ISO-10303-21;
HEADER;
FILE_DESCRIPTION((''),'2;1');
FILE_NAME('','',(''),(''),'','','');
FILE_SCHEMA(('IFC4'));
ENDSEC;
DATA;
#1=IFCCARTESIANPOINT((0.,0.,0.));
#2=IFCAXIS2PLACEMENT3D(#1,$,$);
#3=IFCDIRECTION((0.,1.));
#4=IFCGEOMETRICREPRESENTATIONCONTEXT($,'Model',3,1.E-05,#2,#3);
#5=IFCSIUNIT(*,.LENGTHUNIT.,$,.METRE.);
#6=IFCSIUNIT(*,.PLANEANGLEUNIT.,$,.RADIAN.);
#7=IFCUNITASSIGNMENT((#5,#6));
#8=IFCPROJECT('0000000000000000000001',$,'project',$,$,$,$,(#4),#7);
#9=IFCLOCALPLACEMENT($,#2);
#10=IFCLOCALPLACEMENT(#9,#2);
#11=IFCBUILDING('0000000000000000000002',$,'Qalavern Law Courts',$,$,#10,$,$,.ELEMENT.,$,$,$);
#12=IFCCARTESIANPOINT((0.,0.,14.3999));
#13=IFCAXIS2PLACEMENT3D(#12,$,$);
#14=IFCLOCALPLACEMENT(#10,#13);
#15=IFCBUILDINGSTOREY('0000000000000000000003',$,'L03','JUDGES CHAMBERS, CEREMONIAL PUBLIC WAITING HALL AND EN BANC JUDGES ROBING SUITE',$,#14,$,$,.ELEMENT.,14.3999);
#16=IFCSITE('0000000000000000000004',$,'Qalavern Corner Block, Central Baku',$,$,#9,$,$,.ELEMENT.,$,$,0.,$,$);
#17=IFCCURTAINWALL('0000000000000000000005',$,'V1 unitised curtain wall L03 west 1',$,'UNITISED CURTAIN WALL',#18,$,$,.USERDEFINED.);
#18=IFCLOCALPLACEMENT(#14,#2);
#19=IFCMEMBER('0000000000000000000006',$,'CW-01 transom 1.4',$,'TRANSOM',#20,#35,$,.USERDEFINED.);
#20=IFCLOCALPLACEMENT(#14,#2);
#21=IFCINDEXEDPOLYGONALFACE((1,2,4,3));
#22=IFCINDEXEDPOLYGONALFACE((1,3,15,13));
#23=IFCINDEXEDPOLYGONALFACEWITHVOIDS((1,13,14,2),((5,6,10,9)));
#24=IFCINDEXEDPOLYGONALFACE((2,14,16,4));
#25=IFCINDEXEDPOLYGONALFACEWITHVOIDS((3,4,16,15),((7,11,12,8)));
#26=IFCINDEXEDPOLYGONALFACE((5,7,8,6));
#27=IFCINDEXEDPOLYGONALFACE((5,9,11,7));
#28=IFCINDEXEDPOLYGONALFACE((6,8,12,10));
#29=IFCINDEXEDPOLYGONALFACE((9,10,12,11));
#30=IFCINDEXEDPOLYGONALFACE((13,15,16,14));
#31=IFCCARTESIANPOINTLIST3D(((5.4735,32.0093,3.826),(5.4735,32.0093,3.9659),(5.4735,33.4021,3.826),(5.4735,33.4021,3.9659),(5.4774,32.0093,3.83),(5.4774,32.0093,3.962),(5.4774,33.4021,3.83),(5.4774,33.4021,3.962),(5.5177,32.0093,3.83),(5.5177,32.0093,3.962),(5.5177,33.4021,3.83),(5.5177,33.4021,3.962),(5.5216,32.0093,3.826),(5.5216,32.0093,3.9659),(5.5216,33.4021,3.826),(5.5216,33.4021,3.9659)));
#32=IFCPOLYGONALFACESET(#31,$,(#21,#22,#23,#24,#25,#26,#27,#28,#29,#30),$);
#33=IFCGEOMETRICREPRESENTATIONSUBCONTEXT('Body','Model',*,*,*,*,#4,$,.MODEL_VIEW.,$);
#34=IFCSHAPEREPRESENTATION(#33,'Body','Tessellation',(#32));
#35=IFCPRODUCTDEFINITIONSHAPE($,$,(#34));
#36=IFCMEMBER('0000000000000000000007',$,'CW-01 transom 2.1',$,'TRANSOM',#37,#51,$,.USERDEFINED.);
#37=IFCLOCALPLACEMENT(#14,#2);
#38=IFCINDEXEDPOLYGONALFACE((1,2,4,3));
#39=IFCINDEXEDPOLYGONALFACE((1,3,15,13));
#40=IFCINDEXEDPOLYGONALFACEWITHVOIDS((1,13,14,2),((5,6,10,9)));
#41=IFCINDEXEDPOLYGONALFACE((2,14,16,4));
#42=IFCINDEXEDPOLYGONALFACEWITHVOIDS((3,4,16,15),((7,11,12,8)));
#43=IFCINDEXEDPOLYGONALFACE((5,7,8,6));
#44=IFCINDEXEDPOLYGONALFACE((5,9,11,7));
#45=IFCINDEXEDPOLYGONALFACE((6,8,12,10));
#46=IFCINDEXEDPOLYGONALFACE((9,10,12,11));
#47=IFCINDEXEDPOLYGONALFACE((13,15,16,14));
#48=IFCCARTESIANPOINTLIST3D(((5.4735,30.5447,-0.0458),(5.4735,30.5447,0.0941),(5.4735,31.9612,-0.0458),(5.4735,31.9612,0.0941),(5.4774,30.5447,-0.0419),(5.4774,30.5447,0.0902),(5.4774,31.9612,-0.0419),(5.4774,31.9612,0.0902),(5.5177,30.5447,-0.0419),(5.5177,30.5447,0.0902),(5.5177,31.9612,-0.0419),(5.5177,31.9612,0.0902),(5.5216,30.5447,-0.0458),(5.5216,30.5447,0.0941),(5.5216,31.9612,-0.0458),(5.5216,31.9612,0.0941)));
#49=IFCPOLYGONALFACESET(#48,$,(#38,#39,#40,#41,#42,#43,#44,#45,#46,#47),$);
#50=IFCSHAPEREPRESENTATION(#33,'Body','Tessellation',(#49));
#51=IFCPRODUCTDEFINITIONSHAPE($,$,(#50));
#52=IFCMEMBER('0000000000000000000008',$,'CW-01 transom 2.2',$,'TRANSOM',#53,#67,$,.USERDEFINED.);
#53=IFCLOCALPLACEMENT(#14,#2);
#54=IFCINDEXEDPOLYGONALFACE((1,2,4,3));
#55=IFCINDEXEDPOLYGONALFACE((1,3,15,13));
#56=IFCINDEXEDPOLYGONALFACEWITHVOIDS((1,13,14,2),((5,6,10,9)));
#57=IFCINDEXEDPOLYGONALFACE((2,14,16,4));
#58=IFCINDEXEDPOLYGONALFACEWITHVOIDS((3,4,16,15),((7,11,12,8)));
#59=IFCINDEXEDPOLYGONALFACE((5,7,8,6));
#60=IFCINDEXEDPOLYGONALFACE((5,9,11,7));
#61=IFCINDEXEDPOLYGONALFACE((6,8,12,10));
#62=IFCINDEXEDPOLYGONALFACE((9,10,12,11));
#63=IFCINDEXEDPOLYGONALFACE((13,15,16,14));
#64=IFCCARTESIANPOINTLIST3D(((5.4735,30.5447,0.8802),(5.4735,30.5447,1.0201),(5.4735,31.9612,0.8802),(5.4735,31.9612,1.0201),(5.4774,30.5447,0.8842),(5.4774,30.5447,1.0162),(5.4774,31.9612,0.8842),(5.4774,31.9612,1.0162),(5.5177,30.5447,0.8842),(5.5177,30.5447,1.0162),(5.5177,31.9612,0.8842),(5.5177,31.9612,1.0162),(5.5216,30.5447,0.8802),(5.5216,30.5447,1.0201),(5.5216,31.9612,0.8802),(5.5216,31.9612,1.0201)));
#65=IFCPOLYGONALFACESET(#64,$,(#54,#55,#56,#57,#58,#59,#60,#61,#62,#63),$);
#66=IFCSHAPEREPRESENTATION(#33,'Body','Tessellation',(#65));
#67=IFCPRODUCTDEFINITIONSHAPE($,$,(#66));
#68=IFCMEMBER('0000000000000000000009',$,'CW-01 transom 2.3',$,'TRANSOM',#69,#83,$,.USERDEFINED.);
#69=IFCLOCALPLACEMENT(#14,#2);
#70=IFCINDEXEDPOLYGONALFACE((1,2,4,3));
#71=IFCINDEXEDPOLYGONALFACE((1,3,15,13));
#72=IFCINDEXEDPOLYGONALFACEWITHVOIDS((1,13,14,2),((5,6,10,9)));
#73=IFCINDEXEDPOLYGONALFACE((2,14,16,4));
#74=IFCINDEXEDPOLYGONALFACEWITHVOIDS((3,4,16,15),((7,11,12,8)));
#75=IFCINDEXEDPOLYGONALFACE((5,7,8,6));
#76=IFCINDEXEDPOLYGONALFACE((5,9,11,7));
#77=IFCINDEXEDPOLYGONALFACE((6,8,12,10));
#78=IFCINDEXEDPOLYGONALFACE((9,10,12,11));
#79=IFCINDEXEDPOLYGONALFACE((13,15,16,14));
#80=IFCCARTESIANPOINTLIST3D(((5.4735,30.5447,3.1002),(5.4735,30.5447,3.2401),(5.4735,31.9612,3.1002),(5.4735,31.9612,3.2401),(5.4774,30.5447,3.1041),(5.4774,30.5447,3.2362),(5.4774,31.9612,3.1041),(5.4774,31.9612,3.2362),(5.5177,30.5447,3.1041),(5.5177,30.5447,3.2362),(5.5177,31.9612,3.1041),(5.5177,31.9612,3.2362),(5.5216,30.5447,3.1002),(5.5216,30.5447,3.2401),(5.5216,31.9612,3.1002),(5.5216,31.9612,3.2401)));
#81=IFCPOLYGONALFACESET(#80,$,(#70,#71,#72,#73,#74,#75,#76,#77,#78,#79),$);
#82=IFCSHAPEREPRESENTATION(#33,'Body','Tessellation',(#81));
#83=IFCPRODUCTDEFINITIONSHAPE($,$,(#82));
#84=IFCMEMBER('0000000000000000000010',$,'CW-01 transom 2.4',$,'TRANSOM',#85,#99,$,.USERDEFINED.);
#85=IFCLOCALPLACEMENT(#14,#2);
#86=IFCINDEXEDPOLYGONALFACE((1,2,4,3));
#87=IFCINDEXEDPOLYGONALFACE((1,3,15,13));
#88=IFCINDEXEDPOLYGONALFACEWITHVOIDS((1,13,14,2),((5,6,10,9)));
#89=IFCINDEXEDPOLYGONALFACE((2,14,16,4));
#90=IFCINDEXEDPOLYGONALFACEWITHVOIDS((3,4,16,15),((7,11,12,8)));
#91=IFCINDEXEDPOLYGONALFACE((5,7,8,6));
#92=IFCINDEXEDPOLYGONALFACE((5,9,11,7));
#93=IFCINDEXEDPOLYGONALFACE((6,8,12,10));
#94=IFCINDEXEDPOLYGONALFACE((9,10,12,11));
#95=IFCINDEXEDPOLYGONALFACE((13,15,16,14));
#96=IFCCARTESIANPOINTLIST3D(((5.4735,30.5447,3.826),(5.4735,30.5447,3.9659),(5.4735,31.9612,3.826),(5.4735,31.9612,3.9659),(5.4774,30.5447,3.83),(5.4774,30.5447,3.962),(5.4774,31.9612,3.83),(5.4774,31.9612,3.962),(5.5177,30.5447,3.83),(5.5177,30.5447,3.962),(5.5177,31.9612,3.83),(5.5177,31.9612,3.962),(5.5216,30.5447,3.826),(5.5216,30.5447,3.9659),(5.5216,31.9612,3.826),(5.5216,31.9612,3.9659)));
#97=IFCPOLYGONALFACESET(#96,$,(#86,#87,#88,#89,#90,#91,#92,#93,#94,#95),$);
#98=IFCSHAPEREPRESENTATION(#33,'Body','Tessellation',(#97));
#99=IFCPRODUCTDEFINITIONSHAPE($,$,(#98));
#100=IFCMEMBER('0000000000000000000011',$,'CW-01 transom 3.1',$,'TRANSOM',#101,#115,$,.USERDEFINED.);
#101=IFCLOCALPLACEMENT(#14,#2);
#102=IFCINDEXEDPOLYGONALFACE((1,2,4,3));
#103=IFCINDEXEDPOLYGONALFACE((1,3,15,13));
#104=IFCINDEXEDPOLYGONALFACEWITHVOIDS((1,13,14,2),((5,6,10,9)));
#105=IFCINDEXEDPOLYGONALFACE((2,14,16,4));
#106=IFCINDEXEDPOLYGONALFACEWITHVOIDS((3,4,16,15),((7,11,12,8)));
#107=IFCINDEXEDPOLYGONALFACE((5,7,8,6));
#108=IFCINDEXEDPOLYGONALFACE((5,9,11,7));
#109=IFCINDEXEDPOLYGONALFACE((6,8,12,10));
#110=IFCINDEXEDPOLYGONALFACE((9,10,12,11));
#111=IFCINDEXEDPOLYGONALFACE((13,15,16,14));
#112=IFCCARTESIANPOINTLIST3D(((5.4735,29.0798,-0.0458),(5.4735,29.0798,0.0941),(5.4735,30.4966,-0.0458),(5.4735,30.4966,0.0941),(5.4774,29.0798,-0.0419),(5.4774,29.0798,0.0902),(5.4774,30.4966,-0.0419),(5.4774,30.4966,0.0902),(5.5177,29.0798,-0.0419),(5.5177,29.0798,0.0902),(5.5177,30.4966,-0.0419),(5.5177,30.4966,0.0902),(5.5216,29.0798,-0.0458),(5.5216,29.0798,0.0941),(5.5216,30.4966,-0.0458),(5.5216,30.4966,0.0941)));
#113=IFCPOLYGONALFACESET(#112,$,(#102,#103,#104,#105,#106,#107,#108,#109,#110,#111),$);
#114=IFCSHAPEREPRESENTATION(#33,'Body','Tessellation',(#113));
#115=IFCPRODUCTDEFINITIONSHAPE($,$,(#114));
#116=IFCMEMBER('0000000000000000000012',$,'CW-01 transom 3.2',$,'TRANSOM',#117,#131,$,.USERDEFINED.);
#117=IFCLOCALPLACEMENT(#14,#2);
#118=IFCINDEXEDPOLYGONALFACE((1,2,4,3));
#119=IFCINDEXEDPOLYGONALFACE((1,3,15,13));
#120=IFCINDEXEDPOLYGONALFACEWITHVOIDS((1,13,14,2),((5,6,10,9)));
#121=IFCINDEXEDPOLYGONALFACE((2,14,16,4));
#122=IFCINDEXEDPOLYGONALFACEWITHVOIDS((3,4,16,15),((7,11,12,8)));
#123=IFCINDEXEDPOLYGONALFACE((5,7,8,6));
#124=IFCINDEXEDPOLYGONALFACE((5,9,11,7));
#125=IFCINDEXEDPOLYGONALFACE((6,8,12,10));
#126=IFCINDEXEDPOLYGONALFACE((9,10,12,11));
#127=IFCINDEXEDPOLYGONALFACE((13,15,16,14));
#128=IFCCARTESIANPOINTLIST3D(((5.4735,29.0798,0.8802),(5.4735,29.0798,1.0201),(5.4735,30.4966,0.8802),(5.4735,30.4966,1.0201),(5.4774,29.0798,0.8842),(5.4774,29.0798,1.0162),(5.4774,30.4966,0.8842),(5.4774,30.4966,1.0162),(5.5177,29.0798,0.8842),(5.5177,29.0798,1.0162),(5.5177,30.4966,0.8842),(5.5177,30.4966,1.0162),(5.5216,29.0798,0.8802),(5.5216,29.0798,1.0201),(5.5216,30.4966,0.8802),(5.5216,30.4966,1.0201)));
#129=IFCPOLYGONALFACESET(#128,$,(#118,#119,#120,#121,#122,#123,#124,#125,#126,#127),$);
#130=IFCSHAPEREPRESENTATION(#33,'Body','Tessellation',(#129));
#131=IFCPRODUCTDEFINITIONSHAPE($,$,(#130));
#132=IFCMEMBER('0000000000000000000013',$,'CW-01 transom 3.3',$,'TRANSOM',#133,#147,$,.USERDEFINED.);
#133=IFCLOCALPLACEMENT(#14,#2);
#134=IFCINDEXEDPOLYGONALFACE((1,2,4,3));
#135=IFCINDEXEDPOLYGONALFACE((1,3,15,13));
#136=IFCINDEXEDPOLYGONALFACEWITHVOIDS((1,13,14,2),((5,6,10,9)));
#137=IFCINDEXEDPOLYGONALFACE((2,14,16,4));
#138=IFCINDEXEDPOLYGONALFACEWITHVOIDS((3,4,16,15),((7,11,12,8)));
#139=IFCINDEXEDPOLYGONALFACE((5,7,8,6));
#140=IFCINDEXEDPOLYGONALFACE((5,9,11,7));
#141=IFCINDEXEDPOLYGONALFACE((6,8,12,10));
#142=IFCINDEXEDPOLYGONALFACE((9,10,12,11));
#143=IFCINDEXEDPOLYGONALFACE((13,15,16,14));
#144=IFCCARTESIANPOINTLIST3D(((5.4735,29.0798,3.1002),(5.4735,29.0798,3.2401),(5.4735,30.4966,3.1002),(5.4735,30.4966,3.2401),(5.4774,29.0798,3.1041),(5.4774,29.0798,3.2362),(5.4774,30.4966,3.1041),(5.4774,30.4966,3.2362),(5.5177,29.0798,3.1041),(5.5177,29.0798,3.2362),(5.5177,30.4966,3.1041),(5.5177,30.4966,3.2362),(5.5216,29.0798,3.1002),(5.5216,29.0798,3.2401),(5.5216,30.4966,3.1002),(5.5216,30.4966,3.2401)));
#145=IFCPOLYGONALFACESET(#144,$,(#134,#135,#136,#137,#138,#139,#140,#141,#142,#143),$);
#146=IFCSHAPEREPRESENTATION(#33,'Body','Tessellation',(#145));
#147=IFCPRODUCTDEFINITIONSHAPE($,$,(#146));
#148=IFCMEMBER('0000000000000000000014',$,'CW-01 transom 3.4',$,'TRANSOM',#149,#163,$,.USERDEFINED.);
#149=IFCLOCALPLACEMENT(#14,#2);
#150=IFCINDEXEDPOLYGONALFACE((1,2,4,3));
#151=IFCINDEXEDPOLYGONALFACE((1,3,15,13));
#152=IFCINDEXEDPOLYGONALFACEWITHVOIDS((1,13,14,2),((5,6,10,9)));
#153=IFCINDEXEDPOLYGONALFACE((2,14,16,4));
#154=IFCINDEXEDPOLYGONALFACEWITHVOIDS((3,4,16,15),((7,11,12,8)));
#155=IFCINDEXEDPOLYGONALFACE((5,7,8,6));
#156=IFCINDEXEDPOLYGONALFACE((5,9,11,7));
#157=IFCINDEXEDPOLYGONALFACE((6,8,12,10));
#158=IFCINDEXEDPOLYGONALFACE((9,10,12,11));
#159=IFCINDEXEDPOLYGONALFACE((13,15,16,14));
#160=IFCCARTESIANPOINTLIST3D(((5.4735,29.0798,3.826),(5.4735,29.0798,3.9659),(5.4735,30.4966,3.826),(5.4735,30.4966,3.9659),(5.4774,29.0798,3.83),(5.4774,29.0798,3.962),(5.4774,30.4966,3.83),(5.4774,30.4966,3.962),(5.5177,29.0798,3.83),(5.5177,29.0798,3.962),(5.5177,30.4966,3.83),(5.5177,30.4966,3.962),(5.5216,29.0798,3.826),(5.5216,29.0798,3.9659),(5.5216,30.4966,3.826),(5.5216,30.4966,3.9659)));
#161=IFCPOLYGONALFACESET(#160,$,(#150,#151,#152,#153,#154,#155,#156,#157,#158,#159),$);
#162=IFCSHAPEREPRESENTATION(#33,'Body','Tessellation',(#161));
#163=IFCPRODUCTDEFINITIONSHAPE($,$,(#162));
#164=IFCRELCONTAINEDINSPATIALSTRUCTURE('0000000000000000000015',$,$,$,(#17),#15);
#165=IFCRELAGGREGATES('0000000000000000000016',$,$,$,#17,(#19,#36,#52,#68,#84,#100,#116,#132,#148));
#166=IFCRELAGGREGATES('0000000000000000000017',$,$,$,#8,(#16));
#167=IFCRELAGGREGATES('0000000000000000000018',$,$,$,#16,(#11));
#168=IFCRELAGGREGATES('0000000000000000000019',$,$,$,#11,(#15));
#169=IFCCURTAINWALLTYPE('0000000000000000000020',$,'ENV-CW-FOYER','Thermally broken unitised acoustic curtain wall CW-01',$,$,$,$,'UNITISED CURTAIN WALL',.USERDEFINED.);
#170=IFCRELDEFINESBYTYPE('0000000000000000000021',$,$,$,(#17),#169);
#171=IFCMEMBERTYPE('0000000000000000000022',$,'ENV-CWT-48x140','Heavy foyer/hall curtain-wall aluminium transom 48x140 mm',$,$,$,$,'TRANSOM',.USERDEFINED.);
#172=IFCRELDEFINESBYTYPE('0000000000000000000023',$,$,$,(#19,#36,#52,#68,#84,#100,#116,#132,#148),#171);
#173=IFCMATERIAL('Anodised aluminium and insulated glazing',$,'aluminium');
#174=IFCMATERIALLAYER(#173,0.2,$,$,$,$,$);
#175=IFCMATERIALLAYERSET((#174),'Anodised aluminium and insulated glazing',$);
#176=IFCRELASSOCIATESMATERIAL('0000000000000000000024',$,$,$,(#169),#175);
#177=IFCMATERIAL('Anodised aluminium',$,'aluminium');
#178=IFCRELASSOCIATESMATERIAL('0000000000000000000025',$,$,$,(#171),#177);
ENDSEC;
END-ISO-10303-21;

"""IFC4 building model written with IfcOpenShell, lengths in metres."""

from ifc_helpers import new_model, si_unit, direction, frame, origin, origin_2d, place, context, subcontext, project, spatial, hollow_rectangle, extrude, material, layer, layer_set, material_profile, profile_set, type_object, element, aggregate, save


model = new_model("IFC4")

# Units and contexts
model_context = context("Model", 3, precision=1e-05, world=origin(), true_north=direction((0.0, 1.0)))
body_context = subcontext(model_context, "Body", "Model", "MODEL_VIEW")
ifc_project = project(units=[si_unit("LENGTHUNIT", "METRE"), si_unit("PLANEANGLEUNIT", "RADIAN")], contexts=[model_context])

# Site, building, storey
site_placement = place(None, origin())
site = spatial("IfcSite", under=ifc_project, at=site_placement, Name="Qalavern Corner Block, Central Baku", CompositionType="ELEMENT", RefElevation=0.0)
building_placement = place(site_placement, origin())
building = spatial("IfcBuilding", under=site, at=building_placement, Name="Qalavern Law Courts", CompositionType="ELEMENT")
storey_placement = place(building_placement, frame((0.0, 0.0, 14.3999)))
storey = spatial("IfcBuildingStorey", under=building, at=storey_placement, Name="L03", Description="JUDGES CHAMBERS, CEREMONIAL PUBLIC WAITING HALL AND EN BANC JUDGES ROBING SUITE", CompositionType="ELEMENT", Elevation=14.3999)

# Shared definitions
ifc_material_1 = material(Name="Anodised aluminium and insulated glazing", Category="aluminium")
ifc_layer_1 = layer(ifc_material_1, 0.2)
ifc_layer_set_1 = layer_set([ifc_layer_1], Name="Anodised aluminium and insulated glazing")
curtain_wall_type = type_object("IfcCurtainWallType", Name="ENV-CW-FOYER", Description="Thermally broken unitised acoustic curtain wall CW-01", ElementType="UNITISED CURTAIN WALL", PredefinedType="USERDEFINED", material=ifc_layer_set_1)
ifc_material_2 = material(Name="Anodised aluminium", Category="aluminium")

# Curtain wall
curtain_wall_1_placement = place(storey_placement, origin())
curtain_wall_1 = element("IfcCurtainWall", 1, at=curtain_wall_1_placement, inside=storey, type_object=curtain_wall_type, Name="V1 unitised curtain wall L03 west 1", ObjectType="UNITISED CURTAIN WALL", PredefinedType="USERDEFINED")

# Members
ifc_material_profile_1 = material_profile(ifc_material_2, hollow_rectangle(XDim=0.0481, YDim=0.1399, WallThickness=0.0039, at=origin_2d()), Name="ALU TRANSOM 48x140")
ifc_profile_set_1 = profile_set([ifc_material_profile_1], Name="Anodised aluminium")
member_type_1 = type_object("IfcMemberType", Name="ENV-CWT-48x140", Description="Heavy foyer/hall curtain-wall aluminium transom 48x140 mm", ElementType="TRANSOM", PredefinedType="USERDEFINED", material=ifc_profile_set_1)
member_1_placement = place(storey_placement, frame((5.4976, 33.4021, 3.896), z_axis=(0.0, -1.0, 0.0), x_axis=(1.0, 0.0, 0.0)))
member_1 = element("IfcMember", 2, at=member_1_placement, type_object=member_type_1, Name="CW-01 transom 1.4", ObjectType="TRANSOM", PredefinedType="USERDEFINED", context=body_context, shape_type="SweptSolid", body=[
    extrude(hollow_rectangle(XDim=0.0481, YDim=0.1399, WallThickness=0.0039, at=origin_2d()), origin(), (0.0, 0.0, 1.0), 1.3928),
])
member_2_placement = place(storey_placement, frame((5.4976, 31.9612, 0.0242), z_axis=(0.0, -1.0, 0.0), x_axis=(1.0, 0.0, 0.0)))
member_2 = element("IfcMember", 3, at=member_2_placement, type_object=member_type_1, Name="CW-01 transom 2.1", ObjectType="TRANSOM", PredefinedType="USERDEFINED", context=body_context, shape_type="SweptSolid", body=[
    extrude(hollow_rectangle(XDim=0.0481, YDim=0.1399, WallThickness=0.0039, at=origin_2d()), origin(), (0.0, 0.0, 1.0), 1.4165),
])
member_3_placement = place(storey_placement, frame((5.4976, 31.9612, 0.9502), z_axis=(0.0, -1.0, 0.0), x_axis=(1.0, 0.0, 0.0)))
member_3 = element("IfcMember", 4, at=member_3_placement, type_object=member_type_1, Name="CW-01 transom 2.2", ObjectType="TRANSOM", PredefinedType="USERDEFINED", context=body_context, shape_type="SweptSolid", body=[
    extrude(hollow_rectangle(XDim=0.0481, YDim=0.1399, WallThickness=0.0039, at=origin_2d()), origin(), (0.0, 0.0, 1.0), 1.4165),
])
member_4_placement = place(storey_placement, frame((5.4976, 31.9612, 3.1702), z_axis=(0.0, -1.0, 0.0), x_axis=(1.0, 0.0, 0.0)))
member_4 = element("IfcMember", 5, at=member_4_placement, type_object=member_type_1, Name="CW-01 transom 2.3", ObjectType="TRANSOM", PredefinedType="USERDEFINED", context=body_context, shape_type="SweptSolid", body=[
    extrude(hollow_rectangle(XDim=0.0481, YDim=0.1399, WallThickness=0.0039, at=origin_2d()), origin(), (0.0, 0.0, 1.0), 1.4165),
])
member_5_placement = place(storey_placement, frame((5.4976, 31.9612, 3.896), z_axis=(0.0, -1.0, 0.0), x_axis=(1.0, 0.0, 0.0)))
member_5 = element("IfcMember", 6, at=member_5_placement, type_object=member_type_1, Name="CW-01 transom 2.4", ObjectType="TRANSOM", PredefinedType="USERDEFINED", context=body_context, shape_type="SweptSolid", body=[
    extrude(hollow_rectangle(XDim=0.0481, YDim=0.1399, WallThickness=0.0039, at=origin_2d()), origin(), (0.0, 0.0, 1.0), 1.4165),
])
member_6_placement = place(storey_placement, frame((5.4976, 30.4966, 0.0242), z_axis=(0.0, -1.0, 0.0), x_axis=(1.0, 0.0, 0.0)))
member_6 = element("IfcMember", 7, at=member_6_placement, type_object=member_type_1, Name="CW-01 transom 3.1", ObjectType="TRANSOM", PredefinedType="USERDEFINED", context=body_context, shape_type="SweptSolid", body=[
    extrude(hollow_rectangle(XDim=0.0481, YDim=0.1399, WallThickness=0.0039, at=origin_2d()), origin(), (0.0, 0.0, 1.0), 1.4167),
])
member_7_placement = place(storey_placement, frame((5.4976, 30.4966, 0.9502), z_axis=(0.0, -1.0, 0.0), x_axis=(1.0, 0.0, 0.0)))
member_7 = element("IfcMember", 8, at=member_7_placement, type_object=member_type_1, Name="CW-01 transom 3.2", ObjectType="TRANSOM", PredefinedType="USERDEFINED", context=body_context, shape_type="SweptSolid", body=[
    extrude(hollow_rectangle(XDim=0.0481, YDim=0.1399, WallThickness=0.0039, at=origin_2d()), origin(), (0.0, 0.0, 1.0), 1.4167),
])
member_8_placement = place(storey_placement, frame((5.4976, 30.4966, 3.1702), z_axis=(0.0, -1.0, 0.0), x_axis=(1.0, 0.0, 0.0)))
member_8 = element("IfcMember", 9, at=member_8_placement, type_object=member_type_1, Name="CW-01 transom 3.3", ObjectType="TRANSOM", PredefinedType="USERDEFINED", context=body_context, shape_type="SweptSolid", body=[
    extrude(hollow_rectangle(XDim=0.0481, YDim=0.1399, WallThickness=0.0039, at=origin_2d()), origin(), (0.0, 0.0, 1.0), 1.4167),
])
member_9_placement = place(storey_placement, frame((5.4976, 30.4966, 3.896), z_axis=(0.0, -1.0, 0.0), x_axis=(1.0, 0.0, 0.0)))
member_9 = element("IfcMember", 10, at=member_9_placement, type_object=member_type_1, Name="CW-01 transom 3.4", ObjectType="TRANSOM", PredefinedType="USERDEFINED", context=body_context, shape_type="SweptSolid", body=[
    extrude(hollow_rectangle(XDim=0.0481, YDim=0.1399, WallThickness=0.0039, at=origin_2d()), origin(), (0.0, 0.0, 1.0), 1.4167),
])

aggregate(curtain_wall_1, [member_1, member_2, member_3, member_4, member_5, member_6, member_7, member_8, member_9])

save(model, "model.ifc")
